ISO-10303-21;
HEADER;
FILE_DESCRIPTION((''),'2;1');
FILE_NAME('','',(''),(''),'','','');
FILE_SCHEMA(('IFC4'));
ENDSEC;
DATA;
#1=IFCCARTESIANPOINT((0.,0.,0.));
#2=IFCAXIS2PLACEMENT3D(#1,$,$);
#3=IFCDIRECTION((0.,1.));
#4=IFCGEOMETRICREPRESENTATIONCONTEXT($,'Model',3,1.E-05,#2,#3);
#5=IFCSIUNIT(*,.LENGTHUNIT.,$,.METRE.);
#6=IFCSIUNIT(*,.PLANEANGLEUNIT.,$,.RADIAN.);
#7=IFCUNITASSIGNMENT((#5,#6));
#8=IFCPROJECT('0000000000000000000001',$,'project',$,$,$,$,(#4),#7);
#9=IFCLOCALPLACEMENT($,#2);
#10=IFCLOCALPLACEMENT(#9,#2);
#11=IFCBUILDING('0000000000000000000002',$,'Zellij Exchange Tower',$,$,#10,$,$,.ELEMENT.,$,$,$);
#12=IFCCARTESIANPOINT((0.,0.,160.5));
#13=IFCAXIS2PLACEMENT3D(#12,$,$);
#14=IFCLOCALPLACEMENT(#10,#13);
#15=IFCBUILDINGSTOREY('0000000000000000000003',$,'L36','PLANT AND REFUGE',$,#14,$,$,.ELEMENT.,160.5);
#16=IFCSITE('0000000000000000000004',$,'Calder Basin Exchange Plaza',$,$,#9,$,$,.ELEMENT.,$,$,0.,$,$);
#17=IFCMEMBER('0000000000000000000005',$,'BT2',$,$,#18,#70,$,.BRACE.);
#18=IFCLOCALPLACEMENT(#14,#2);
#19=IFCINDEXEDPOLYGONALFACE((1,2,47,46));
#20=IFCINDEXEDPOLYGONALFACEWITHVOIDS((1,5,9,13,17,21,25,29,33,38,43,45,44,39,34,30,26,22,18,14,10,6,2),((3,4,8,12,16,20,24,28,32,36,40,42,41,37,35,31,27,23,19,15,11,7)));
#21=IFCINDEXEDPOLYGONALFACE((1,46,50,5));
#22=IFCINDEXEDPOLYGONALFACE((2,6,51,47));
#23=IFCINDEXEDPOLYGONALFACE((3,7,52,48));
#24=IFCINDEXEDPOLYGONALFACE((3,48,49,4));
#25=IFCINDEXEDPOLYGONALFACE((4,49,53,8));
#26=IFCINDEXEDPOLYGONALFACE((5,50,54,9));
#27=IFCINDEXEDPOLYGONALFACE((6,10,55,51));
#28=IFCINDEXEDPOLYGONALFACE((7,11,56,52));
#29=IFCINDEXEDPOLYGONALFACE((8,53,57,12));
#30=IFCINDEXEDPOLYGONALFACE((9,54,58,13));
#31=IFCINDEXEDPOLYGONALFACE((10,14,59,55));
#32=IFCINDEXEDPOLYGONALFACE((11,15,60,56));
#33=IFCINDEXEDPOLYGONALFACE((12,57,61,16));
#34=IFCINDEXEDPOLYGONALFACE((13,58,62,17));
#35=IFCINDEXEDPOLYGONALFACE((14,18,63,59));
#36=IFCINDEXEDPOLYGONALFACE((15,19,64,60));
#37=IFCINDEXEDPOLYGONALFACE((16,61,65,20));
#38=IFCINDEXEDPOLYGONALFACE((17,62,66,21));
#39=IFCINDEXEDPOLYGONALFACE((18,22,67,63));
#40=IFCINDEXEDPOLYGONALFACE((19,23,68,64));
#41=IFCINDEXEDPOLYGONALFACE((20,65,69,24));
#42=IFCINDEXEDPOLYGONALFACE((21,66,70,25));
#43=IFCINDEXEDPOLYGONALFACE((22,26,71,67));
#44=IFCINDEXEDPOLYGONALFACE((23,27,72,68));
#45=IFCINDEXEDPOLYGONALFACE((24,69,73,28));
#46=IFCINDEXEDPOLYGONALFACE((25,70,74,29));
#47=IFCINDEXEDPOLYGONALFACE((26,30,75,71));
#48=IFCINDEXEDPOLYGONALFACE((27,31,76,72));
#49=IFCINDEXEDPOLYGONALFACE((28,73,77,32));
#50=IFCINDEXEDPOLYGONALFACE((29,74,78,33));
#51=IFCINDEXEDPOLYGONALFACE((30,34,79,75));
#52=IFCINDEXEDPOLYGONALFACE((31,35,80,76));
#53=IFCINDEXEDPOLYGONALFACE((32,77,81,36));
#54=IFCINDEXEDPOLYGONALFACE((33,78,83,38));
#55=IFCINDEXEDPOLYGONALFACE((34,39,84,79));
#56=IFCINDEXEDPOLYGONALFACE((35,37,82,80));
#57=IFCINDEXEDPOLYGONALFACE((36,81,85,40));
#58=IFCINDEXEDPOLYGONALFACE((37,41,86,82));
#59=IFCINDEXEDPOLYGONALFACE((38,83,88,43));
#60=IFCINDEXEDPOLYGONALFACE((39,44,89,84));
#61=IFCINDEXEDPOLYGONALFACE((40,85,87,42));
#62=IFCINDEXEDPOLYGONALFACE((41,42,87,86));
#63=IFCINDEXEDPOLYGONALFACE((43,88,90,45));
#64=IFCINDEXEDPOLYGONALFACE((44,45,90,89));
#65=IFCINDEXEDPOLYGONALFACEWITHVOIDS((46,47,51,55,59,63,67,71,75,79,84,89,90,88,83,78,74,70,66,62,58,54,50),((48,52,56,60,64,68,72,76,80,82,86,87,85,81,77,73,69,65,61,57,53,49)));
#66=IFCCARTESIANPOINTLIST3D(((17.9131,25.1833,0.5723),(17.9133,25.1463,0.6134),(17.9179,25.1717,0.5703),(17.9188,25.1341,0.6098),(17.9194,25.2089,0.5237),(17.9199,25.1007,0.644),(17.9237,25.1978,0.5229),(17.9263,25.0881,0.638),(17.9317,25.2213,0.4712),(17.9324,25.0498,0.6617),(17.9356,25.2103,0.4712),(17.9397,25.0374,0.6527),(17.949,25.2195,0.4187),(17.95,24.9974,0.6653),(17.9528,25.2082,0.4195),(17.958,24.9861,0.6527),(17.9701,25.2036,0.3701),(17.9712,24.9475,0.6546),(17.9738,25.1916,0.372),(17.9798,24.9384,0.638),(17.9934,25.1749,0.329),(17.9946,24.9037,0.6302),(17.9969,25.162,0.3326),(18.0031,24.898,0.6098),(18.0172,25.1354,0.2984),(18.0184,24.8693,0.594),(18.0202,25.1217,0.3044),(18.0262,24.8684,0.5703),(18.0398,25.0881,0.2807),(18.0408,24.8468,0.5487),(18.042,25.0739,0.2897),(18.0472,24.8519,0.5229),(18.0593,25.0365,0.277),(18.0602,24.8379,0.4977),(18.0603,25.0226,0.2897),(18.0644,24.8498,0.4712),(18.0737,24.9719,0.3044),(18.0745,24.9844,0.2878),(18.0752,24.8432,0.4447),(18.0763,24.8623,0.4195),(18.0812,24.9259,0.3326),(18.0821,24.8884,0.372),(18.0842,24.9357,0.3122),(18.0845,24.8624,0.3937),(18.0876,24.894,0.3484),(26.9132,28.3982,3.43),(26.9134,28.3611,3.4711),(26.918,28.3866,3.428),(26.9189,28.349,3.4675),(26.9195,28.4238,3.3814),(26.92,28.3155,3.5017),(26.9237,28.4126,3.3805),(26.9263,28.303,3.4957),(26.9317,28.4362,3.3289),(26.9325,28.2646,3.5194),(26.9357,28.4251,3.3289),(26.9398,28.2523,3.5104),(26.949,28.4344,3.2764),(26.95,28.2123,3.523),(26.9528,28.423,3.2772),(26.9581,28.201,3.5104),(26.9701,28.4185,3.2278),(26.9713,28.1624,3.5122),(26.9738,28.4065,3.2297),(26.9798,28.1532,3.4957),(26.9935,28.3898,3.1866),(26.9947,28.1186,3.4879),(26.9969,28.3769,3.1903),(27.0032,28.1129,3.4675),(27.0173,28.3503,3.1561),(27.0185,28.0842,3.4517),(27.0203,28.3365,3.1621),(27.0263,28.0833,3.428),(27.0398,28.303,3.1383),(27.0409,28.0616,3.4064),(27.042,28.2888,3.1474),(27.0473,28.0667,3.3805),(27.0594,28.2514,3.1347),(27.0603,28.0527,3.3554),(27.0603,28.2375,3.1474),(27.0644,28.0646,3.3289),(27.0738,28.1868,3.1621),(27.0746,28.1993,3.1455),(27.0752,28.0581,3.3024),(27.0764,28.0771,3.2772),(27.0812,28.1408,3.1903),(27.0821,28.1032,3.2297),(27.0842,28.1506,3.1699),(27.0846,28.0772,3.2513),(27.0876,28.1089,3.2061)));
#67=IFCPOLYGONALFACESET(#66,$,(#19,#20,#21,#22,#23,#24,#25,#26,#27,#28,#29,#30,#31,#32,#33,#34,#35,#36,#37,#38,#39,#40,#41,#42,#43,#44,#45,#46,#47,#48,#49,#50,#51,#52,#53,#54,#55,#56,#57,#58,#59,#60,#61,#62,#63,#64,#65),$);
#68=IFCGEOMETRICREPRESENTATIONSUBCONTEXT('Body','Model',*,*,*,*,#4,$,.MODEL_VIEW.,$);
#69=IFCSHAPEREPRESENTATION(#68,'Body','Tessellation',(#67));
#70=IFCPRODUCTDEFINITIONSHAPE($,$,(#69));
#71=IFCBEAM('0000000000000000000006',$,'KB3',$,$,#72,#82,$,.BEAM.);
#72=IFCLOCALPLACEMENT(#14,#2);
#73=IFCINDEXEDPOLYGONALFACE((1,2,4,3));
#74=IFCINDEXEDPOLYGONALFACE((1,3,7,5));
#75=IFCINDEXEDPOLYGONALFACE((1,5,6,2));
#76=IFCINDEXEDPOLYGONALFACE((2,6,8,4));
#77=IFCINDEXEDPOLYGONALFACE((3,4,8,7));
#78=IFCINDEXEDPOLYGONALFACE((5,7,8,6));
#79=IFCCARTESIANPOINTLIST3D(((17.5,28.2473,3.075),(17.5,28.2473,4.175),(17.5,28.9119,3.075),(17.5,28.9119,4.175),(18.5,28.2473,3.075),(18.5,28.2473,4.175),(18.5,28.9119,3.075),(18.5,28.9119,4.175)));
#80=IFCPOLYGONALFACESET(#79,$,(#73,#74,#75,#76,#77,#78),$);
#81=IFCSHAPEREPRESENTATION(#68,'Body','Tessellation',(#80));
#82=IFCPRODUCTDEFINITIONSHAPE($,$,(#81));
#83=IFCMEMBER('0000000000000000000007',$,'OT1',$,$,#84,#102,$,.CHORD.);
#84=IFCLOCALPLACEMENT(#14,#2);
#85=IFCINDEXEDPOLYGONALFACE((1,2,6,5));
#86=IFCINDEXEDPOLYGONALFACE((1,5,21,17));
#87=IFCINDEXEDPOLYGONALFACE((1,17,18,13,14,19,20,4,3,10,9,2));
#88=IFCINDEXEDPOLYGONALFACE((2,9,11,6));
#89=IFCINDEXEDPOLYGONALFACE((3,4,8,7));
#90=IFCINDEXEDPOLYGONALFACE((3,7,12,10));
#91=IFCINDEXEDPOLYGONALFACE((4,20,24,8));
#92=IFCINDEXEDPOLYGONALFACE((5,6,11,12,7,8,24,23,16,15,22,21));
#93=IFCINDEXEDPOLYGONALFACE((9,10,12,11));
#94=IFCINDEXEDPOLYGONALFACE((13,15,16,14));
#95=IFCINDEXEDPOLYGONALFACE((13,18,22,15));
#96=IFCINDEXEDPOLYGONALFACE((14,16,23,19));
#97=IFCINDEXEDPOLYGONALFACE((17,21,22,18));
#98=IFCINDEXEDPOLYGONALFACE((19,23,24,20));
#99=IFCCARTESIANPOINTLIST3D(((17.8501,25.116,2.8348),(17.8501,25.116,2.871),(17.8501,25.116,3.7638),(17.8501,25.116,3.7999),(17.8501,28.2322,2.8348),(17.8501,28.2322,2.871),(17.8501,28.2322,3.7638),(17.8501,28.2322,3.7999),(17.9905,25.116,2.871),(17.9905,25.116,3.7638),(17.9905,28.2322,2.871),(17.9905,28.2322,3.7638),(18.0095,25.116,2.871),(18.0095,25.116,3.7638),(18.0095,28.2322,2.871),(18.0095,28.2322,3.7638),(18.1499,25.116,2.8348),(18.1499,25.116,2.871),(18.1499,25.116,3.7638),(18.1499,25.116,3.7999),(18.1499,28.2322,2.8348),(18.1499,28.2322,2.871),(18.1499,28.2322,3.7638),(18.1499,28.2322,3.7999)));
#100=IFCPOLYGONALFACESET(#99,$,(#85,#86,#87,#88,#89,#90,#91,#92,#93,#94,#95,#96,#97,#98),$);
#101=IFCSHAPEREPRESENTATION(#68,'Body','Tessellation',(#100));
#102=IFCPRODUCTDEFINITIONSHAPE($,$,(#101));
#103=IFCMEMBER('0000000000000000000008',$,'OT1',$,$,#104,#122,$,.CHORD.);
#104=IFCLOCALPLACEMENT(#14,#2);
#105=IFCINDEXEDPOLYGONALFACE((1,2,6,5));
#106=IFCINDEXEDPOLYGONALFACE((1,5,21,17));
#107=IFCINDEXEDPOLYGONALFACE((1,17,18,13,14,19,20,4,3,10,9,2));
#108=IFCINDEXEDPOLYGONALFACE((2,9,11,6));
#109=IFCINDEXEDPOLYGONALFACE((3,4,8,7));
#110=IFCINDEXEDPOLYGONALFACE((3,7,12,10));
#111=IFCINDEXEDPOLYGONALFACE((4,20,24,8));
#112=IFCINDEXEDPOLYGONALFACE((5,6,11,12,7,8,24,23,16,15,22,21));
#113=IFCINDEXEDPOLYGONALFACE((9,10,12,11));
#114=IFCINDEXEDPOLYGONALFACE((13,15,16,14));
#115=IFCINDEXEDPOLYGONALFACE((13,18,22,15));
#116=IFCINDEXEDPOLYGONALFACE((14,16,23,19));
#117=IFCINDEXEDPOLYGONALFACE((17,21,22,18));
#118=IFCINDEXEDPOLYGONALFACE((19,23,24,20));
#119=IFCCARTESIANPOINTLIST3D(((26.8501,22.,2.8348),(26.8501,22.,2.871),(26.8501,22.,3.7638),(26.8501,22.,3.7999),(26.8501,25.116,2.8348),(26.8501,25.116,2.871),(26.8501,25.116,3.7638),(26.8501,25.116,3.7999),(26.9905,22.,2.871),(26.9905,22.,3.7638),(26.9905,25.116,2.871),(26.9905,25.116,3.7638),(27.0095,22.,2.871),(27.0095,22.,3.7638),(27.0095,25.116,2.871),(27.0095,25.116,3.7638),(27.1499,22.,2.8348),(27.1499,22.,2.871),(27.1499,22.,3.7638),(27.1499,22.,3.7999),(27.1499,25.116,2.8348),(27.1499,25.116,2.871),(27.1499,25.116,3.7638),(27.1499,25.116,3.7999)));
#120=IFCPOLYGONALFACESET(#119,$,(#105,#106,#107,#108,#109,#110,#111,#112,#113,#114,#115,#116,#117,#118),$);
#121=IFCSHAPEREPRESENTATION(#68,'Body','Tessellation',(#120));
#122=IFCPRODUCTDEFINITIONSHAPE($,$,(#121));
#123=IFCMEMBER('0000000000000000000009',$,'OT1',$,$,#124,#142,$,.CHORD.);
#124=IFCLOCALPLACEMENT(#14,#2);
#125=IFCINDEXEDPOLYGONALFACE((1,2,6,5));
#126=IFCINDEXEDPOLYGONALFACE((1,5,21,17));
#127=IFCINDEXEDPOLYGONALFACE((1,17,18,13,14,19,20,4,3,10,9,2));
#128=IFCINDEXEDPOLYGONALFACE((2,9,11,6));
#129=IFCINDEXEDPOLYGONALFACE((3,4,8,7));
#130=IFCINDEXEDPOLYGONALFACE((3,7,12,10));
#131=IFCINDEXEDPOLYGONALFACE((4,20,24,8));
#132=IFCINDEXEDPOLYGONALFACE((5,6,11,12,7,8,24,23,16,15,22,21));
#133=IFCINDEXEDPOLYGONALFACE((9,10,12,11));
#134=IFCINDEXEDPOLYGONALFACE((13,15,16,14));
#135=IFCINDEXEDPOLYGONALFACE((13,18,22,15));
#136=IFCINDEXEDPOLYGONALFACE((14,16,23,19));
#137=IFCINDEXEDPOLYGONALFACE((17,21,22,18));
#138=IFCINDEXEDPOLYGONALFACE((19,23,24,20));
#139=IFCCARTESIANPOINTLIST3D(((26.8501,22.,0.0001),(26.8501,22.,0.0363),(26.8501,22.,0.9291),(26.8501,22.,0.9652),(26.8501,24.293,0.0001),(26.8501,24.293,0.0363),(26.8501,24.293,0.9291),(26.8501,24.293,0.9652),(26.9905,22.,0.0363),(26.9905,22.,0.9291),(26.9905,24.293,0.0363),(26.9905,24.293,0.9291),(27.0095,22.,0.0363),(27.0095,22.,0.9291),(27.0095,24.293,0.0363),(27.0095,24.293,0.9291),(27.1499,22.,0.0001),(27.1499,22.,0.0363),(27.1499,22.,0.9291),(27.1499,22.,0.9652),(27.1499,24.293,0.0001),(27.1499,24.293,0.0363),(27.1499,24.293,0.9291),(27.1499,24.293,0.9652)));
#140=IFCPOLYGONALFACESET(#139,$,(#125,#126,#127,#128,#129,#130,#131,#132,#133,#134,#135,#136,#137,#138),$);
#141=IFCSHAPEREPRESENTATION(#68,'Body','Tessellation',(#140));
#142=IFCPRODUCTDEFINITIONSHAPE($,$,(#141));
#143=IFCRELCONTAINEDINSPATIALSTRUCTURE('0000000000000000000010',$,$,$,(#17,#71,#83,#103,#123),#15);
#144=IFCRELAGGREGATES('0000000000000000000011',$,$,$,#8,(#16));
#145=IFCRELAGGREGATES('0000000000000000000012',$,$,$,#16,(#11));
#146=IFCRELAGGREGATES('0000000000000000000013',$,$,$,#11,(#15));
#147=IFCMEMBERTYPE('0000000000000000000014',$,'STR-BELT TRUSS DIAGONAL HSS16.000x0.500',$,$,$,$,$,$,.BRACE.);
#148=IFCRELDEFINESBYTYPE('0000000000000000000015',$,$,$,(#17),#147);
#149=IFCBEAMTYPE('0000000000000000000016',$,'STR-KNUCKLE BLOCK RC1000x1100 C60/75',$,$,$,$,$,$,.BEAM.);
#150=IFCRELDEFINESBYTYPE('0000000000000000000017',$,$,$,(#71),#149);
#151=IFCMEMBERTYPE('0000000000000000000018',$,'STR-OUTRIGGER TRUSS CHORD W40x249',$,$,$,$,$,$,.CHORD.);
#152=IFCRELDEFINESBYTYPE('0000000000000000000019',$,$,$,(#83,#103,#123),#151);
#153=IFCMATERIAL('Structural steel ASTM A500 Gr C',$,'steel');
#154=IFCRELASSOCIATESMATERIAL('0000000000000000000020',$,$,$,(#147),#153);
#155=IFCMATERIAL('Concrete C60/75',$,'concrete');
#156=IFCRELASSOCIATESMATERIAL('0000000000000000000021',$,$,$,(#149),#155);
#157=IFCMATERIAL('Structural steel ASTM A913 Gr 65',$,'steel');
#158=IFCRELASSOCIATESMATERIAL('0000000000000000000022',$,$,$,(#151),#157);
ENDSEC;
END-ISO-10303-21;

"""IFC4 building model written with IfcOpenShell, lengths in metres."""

from ifc_helpers import new_model, si_unit, direction, frame, origin, origin_2d, place, context, subcontext, project, spatial, rectangle, hollow_circle, i_section, extrude, material, material_profile, profile_set, type_object, element, save


model = new_model("IFC4")

# Units and contexts
model_context = context("Model", 3, precision=1e-05, world=origin(), true_north=direction((0.0, 1.0)))
body_context = subcontext(model_context, "Body", "Model", "MODEL_VIEW")
ifc_project = project(units=[si_unit("LENGTHUNIT", "METRE"), si_unit("PLANEANGLEUNIT", "RADIAN")], contexts=[model_context])

# Site, building, storey
site_placement = place(None, origin())
site = spatial("IfcSite", under=ifc_project, at=site_placement, Name="Calder Basin Exchange Plaza", CompositionType="ELEMENT", RefElevation=0.0)
building_placement = place(site_placement, origin())
building = spatial("IfcBuilding", under=site, at=building_placement, Name="Zellij Exchange Tower", CompositionType="ELEMENT")
storey_placement = place(building_placement, frame((0.0, 0.0, 160.5)))
storey = spatial("IfcBuildingStorey", under=building, at=storey_placement, Name="L36", Description="PLANT AND REFUGE", CompositionType="ELEMENT", Elevation=160.5)

# Shared definitions
ifc_material_1 = material(Name="Concrete C60/75", Category="concrete")

# Member
ifc_material_2 = material(Name="Structural steel ASTM A500 Gr C", Category="steel")
ifc_material_profile_1 = material_profile(ifc_material_2, hollow_circle(Radius=0.2031, WallThickness=0.0117, at=origin_2d()), Name="STR-BELT TRUSS DIAGONAL HSS16.000x0.500")
ifc_profile_set_1 = profile_set([ifc_material_profile_1], Name="Structural steel ASTM A500 Gr C")
member_type_1 = type_object("IfcMemberType", Name="STR-BELT TRUSS DIAGONAL HSS16.000x0.500", PredefinedType="BRACE", material=ifc_profile_set_1)
member_1_placement = place(storey_placement, frame((18.0, 25.03, 0.4712), z_axis=(0.902252, 0.322289, 0.286482), x_axis=(-0.336388, 0.941723, 0.0)))
element("IfcMember", 1, at=member_1_placement, inside=storey, type_object=member_type_1, Name="BT2", PredefinedType="BRACE", context=body_context, shape_type="SweptSolid", body=[
    extrude(hollow_circle(Radius=0.2031, WallThickness=0.0117, at=origin_2d()), origin(), (0.0, 0.0, 1.0), 9.9751),
])

# Beam
ifc_material_profile_2 = material_profile(ifc_material_1, rectangle(XDim=1.0, YDim=1.1001, at=origin_2d()), Name="STR-KNUCKLE BLOCK RC1000x1100 C60/75")
ifc_profile_set_2 = profile_set([ifc_material_profile_2], Name="Concrete C60/75")
beam_type = type_object("IfcBeamType", Name="STR-KNUCKLE BLOCK RC1000x1100 C60/75", PredefinedType="BEAM", material=ifc_profile_set_2)
beam_placement = place(storey_placement, frame((18.0, 28.2473, 3.625), z_axis=(0.0, 1.0, 0.0), x_axis=(-1.0, 0.0, 0.0)))
element("IfcBeam", 2, at=beam_placement, inside=storey, type_object=beam_type, Name="KB3", PredefinedType="BEAM", context=body_context, shape_type="SweptSolid", body=[
    extrude(rectangle(XDim=1.0, YDim=1.1001, at=origin_2d()), origin(), (0.0, 0.0, 1.0), 0.6646),
])

# Members
ifc_material_3 = material(Name="Structural steel ASTM A913 Gr 65", Category="steel")
ifc_material_profile_3 = material_profile(ifc_material_3, i_section(OverallWidth=0.2998, OverallDepth=0.9651, WebThickness=0.019, FlangeThickness=0.0361, at=origin_2d()), Name="W40x249")
ifc_profile_set_3 = profile_set([ifc_material_profile_3], Name="Structural steel ASTM A913 Gr 65")
member_type_2 = type_object("IfcMemberType", Name="STR-OUTRIGGER TRUSS CHORD W40x249", PredefinedType="CHORD", material=ifc_profile_set_3)
member_2_placement = place(storey_placement, frame((18.0, 25.116, 3.3174), z_axis=(0.0, 1.0, 0.0), x_axis=(-1.0, 0.0, 0.0)))
element("IfcMember", 3, at=member_2_placement, inside=storey, type_object=member_type_2, Name="OT1", PredefinedType="CHORD", context=body_context, shape_type="SweptSolid", body=[
    extrude(i_section(OverallWidth=0.2998, OverallDepth=0.9651, WebThickness=0.019, FlangeThickness=0.0361, at=origin_2d()), origin(), (0.0, 0.0, 1.0), 3.1162),
])
member_3_placement = place(storey_placement, frame((27.0, 22.0, 3.3174), z_axis=(0.0, 1.0, 0.0), x_axis=(-1.0, 0.0, 0.0)))
element("IfcMember", 4, at=member_3_placement, inside=storey, type_object=member_type_2, Name="OT1", PredefinedType="CHORD", context=body_context, shape_type="SweptSolid", body=[
    extrude(i_section(OverallWidth=0.2998, OverallDepth=0.9651, WebThickness=0.019, FlangeThickness=0.0361, at=origin_2d()), origin(), (0.0, 0.0, 1.0), 3.116),
])
member_4_placement = place(storey_placement, frame((27.0, 22.0, 0.4827), z_axis=(0.0, 1.0, 0.0), x_axis=(-1.0, 0.0, 0.0)))
element("IfcMember", 5, at=member_4_placement, inside=storey, type_object=member_type_2, Name="OT1", PredefinedType="CHORD", context=body_context, shape_type="SweptSolid", body=[
    extrude(i_section(OverallWidth=0.2998, OverallDepth=0.9651, WebThickness=0.019, FlangeThickness=0.0361, at=origin_2d()), origin(), (0.0, 0.0, 1.0), 2.293),
])

save(model, "model.ifc")
